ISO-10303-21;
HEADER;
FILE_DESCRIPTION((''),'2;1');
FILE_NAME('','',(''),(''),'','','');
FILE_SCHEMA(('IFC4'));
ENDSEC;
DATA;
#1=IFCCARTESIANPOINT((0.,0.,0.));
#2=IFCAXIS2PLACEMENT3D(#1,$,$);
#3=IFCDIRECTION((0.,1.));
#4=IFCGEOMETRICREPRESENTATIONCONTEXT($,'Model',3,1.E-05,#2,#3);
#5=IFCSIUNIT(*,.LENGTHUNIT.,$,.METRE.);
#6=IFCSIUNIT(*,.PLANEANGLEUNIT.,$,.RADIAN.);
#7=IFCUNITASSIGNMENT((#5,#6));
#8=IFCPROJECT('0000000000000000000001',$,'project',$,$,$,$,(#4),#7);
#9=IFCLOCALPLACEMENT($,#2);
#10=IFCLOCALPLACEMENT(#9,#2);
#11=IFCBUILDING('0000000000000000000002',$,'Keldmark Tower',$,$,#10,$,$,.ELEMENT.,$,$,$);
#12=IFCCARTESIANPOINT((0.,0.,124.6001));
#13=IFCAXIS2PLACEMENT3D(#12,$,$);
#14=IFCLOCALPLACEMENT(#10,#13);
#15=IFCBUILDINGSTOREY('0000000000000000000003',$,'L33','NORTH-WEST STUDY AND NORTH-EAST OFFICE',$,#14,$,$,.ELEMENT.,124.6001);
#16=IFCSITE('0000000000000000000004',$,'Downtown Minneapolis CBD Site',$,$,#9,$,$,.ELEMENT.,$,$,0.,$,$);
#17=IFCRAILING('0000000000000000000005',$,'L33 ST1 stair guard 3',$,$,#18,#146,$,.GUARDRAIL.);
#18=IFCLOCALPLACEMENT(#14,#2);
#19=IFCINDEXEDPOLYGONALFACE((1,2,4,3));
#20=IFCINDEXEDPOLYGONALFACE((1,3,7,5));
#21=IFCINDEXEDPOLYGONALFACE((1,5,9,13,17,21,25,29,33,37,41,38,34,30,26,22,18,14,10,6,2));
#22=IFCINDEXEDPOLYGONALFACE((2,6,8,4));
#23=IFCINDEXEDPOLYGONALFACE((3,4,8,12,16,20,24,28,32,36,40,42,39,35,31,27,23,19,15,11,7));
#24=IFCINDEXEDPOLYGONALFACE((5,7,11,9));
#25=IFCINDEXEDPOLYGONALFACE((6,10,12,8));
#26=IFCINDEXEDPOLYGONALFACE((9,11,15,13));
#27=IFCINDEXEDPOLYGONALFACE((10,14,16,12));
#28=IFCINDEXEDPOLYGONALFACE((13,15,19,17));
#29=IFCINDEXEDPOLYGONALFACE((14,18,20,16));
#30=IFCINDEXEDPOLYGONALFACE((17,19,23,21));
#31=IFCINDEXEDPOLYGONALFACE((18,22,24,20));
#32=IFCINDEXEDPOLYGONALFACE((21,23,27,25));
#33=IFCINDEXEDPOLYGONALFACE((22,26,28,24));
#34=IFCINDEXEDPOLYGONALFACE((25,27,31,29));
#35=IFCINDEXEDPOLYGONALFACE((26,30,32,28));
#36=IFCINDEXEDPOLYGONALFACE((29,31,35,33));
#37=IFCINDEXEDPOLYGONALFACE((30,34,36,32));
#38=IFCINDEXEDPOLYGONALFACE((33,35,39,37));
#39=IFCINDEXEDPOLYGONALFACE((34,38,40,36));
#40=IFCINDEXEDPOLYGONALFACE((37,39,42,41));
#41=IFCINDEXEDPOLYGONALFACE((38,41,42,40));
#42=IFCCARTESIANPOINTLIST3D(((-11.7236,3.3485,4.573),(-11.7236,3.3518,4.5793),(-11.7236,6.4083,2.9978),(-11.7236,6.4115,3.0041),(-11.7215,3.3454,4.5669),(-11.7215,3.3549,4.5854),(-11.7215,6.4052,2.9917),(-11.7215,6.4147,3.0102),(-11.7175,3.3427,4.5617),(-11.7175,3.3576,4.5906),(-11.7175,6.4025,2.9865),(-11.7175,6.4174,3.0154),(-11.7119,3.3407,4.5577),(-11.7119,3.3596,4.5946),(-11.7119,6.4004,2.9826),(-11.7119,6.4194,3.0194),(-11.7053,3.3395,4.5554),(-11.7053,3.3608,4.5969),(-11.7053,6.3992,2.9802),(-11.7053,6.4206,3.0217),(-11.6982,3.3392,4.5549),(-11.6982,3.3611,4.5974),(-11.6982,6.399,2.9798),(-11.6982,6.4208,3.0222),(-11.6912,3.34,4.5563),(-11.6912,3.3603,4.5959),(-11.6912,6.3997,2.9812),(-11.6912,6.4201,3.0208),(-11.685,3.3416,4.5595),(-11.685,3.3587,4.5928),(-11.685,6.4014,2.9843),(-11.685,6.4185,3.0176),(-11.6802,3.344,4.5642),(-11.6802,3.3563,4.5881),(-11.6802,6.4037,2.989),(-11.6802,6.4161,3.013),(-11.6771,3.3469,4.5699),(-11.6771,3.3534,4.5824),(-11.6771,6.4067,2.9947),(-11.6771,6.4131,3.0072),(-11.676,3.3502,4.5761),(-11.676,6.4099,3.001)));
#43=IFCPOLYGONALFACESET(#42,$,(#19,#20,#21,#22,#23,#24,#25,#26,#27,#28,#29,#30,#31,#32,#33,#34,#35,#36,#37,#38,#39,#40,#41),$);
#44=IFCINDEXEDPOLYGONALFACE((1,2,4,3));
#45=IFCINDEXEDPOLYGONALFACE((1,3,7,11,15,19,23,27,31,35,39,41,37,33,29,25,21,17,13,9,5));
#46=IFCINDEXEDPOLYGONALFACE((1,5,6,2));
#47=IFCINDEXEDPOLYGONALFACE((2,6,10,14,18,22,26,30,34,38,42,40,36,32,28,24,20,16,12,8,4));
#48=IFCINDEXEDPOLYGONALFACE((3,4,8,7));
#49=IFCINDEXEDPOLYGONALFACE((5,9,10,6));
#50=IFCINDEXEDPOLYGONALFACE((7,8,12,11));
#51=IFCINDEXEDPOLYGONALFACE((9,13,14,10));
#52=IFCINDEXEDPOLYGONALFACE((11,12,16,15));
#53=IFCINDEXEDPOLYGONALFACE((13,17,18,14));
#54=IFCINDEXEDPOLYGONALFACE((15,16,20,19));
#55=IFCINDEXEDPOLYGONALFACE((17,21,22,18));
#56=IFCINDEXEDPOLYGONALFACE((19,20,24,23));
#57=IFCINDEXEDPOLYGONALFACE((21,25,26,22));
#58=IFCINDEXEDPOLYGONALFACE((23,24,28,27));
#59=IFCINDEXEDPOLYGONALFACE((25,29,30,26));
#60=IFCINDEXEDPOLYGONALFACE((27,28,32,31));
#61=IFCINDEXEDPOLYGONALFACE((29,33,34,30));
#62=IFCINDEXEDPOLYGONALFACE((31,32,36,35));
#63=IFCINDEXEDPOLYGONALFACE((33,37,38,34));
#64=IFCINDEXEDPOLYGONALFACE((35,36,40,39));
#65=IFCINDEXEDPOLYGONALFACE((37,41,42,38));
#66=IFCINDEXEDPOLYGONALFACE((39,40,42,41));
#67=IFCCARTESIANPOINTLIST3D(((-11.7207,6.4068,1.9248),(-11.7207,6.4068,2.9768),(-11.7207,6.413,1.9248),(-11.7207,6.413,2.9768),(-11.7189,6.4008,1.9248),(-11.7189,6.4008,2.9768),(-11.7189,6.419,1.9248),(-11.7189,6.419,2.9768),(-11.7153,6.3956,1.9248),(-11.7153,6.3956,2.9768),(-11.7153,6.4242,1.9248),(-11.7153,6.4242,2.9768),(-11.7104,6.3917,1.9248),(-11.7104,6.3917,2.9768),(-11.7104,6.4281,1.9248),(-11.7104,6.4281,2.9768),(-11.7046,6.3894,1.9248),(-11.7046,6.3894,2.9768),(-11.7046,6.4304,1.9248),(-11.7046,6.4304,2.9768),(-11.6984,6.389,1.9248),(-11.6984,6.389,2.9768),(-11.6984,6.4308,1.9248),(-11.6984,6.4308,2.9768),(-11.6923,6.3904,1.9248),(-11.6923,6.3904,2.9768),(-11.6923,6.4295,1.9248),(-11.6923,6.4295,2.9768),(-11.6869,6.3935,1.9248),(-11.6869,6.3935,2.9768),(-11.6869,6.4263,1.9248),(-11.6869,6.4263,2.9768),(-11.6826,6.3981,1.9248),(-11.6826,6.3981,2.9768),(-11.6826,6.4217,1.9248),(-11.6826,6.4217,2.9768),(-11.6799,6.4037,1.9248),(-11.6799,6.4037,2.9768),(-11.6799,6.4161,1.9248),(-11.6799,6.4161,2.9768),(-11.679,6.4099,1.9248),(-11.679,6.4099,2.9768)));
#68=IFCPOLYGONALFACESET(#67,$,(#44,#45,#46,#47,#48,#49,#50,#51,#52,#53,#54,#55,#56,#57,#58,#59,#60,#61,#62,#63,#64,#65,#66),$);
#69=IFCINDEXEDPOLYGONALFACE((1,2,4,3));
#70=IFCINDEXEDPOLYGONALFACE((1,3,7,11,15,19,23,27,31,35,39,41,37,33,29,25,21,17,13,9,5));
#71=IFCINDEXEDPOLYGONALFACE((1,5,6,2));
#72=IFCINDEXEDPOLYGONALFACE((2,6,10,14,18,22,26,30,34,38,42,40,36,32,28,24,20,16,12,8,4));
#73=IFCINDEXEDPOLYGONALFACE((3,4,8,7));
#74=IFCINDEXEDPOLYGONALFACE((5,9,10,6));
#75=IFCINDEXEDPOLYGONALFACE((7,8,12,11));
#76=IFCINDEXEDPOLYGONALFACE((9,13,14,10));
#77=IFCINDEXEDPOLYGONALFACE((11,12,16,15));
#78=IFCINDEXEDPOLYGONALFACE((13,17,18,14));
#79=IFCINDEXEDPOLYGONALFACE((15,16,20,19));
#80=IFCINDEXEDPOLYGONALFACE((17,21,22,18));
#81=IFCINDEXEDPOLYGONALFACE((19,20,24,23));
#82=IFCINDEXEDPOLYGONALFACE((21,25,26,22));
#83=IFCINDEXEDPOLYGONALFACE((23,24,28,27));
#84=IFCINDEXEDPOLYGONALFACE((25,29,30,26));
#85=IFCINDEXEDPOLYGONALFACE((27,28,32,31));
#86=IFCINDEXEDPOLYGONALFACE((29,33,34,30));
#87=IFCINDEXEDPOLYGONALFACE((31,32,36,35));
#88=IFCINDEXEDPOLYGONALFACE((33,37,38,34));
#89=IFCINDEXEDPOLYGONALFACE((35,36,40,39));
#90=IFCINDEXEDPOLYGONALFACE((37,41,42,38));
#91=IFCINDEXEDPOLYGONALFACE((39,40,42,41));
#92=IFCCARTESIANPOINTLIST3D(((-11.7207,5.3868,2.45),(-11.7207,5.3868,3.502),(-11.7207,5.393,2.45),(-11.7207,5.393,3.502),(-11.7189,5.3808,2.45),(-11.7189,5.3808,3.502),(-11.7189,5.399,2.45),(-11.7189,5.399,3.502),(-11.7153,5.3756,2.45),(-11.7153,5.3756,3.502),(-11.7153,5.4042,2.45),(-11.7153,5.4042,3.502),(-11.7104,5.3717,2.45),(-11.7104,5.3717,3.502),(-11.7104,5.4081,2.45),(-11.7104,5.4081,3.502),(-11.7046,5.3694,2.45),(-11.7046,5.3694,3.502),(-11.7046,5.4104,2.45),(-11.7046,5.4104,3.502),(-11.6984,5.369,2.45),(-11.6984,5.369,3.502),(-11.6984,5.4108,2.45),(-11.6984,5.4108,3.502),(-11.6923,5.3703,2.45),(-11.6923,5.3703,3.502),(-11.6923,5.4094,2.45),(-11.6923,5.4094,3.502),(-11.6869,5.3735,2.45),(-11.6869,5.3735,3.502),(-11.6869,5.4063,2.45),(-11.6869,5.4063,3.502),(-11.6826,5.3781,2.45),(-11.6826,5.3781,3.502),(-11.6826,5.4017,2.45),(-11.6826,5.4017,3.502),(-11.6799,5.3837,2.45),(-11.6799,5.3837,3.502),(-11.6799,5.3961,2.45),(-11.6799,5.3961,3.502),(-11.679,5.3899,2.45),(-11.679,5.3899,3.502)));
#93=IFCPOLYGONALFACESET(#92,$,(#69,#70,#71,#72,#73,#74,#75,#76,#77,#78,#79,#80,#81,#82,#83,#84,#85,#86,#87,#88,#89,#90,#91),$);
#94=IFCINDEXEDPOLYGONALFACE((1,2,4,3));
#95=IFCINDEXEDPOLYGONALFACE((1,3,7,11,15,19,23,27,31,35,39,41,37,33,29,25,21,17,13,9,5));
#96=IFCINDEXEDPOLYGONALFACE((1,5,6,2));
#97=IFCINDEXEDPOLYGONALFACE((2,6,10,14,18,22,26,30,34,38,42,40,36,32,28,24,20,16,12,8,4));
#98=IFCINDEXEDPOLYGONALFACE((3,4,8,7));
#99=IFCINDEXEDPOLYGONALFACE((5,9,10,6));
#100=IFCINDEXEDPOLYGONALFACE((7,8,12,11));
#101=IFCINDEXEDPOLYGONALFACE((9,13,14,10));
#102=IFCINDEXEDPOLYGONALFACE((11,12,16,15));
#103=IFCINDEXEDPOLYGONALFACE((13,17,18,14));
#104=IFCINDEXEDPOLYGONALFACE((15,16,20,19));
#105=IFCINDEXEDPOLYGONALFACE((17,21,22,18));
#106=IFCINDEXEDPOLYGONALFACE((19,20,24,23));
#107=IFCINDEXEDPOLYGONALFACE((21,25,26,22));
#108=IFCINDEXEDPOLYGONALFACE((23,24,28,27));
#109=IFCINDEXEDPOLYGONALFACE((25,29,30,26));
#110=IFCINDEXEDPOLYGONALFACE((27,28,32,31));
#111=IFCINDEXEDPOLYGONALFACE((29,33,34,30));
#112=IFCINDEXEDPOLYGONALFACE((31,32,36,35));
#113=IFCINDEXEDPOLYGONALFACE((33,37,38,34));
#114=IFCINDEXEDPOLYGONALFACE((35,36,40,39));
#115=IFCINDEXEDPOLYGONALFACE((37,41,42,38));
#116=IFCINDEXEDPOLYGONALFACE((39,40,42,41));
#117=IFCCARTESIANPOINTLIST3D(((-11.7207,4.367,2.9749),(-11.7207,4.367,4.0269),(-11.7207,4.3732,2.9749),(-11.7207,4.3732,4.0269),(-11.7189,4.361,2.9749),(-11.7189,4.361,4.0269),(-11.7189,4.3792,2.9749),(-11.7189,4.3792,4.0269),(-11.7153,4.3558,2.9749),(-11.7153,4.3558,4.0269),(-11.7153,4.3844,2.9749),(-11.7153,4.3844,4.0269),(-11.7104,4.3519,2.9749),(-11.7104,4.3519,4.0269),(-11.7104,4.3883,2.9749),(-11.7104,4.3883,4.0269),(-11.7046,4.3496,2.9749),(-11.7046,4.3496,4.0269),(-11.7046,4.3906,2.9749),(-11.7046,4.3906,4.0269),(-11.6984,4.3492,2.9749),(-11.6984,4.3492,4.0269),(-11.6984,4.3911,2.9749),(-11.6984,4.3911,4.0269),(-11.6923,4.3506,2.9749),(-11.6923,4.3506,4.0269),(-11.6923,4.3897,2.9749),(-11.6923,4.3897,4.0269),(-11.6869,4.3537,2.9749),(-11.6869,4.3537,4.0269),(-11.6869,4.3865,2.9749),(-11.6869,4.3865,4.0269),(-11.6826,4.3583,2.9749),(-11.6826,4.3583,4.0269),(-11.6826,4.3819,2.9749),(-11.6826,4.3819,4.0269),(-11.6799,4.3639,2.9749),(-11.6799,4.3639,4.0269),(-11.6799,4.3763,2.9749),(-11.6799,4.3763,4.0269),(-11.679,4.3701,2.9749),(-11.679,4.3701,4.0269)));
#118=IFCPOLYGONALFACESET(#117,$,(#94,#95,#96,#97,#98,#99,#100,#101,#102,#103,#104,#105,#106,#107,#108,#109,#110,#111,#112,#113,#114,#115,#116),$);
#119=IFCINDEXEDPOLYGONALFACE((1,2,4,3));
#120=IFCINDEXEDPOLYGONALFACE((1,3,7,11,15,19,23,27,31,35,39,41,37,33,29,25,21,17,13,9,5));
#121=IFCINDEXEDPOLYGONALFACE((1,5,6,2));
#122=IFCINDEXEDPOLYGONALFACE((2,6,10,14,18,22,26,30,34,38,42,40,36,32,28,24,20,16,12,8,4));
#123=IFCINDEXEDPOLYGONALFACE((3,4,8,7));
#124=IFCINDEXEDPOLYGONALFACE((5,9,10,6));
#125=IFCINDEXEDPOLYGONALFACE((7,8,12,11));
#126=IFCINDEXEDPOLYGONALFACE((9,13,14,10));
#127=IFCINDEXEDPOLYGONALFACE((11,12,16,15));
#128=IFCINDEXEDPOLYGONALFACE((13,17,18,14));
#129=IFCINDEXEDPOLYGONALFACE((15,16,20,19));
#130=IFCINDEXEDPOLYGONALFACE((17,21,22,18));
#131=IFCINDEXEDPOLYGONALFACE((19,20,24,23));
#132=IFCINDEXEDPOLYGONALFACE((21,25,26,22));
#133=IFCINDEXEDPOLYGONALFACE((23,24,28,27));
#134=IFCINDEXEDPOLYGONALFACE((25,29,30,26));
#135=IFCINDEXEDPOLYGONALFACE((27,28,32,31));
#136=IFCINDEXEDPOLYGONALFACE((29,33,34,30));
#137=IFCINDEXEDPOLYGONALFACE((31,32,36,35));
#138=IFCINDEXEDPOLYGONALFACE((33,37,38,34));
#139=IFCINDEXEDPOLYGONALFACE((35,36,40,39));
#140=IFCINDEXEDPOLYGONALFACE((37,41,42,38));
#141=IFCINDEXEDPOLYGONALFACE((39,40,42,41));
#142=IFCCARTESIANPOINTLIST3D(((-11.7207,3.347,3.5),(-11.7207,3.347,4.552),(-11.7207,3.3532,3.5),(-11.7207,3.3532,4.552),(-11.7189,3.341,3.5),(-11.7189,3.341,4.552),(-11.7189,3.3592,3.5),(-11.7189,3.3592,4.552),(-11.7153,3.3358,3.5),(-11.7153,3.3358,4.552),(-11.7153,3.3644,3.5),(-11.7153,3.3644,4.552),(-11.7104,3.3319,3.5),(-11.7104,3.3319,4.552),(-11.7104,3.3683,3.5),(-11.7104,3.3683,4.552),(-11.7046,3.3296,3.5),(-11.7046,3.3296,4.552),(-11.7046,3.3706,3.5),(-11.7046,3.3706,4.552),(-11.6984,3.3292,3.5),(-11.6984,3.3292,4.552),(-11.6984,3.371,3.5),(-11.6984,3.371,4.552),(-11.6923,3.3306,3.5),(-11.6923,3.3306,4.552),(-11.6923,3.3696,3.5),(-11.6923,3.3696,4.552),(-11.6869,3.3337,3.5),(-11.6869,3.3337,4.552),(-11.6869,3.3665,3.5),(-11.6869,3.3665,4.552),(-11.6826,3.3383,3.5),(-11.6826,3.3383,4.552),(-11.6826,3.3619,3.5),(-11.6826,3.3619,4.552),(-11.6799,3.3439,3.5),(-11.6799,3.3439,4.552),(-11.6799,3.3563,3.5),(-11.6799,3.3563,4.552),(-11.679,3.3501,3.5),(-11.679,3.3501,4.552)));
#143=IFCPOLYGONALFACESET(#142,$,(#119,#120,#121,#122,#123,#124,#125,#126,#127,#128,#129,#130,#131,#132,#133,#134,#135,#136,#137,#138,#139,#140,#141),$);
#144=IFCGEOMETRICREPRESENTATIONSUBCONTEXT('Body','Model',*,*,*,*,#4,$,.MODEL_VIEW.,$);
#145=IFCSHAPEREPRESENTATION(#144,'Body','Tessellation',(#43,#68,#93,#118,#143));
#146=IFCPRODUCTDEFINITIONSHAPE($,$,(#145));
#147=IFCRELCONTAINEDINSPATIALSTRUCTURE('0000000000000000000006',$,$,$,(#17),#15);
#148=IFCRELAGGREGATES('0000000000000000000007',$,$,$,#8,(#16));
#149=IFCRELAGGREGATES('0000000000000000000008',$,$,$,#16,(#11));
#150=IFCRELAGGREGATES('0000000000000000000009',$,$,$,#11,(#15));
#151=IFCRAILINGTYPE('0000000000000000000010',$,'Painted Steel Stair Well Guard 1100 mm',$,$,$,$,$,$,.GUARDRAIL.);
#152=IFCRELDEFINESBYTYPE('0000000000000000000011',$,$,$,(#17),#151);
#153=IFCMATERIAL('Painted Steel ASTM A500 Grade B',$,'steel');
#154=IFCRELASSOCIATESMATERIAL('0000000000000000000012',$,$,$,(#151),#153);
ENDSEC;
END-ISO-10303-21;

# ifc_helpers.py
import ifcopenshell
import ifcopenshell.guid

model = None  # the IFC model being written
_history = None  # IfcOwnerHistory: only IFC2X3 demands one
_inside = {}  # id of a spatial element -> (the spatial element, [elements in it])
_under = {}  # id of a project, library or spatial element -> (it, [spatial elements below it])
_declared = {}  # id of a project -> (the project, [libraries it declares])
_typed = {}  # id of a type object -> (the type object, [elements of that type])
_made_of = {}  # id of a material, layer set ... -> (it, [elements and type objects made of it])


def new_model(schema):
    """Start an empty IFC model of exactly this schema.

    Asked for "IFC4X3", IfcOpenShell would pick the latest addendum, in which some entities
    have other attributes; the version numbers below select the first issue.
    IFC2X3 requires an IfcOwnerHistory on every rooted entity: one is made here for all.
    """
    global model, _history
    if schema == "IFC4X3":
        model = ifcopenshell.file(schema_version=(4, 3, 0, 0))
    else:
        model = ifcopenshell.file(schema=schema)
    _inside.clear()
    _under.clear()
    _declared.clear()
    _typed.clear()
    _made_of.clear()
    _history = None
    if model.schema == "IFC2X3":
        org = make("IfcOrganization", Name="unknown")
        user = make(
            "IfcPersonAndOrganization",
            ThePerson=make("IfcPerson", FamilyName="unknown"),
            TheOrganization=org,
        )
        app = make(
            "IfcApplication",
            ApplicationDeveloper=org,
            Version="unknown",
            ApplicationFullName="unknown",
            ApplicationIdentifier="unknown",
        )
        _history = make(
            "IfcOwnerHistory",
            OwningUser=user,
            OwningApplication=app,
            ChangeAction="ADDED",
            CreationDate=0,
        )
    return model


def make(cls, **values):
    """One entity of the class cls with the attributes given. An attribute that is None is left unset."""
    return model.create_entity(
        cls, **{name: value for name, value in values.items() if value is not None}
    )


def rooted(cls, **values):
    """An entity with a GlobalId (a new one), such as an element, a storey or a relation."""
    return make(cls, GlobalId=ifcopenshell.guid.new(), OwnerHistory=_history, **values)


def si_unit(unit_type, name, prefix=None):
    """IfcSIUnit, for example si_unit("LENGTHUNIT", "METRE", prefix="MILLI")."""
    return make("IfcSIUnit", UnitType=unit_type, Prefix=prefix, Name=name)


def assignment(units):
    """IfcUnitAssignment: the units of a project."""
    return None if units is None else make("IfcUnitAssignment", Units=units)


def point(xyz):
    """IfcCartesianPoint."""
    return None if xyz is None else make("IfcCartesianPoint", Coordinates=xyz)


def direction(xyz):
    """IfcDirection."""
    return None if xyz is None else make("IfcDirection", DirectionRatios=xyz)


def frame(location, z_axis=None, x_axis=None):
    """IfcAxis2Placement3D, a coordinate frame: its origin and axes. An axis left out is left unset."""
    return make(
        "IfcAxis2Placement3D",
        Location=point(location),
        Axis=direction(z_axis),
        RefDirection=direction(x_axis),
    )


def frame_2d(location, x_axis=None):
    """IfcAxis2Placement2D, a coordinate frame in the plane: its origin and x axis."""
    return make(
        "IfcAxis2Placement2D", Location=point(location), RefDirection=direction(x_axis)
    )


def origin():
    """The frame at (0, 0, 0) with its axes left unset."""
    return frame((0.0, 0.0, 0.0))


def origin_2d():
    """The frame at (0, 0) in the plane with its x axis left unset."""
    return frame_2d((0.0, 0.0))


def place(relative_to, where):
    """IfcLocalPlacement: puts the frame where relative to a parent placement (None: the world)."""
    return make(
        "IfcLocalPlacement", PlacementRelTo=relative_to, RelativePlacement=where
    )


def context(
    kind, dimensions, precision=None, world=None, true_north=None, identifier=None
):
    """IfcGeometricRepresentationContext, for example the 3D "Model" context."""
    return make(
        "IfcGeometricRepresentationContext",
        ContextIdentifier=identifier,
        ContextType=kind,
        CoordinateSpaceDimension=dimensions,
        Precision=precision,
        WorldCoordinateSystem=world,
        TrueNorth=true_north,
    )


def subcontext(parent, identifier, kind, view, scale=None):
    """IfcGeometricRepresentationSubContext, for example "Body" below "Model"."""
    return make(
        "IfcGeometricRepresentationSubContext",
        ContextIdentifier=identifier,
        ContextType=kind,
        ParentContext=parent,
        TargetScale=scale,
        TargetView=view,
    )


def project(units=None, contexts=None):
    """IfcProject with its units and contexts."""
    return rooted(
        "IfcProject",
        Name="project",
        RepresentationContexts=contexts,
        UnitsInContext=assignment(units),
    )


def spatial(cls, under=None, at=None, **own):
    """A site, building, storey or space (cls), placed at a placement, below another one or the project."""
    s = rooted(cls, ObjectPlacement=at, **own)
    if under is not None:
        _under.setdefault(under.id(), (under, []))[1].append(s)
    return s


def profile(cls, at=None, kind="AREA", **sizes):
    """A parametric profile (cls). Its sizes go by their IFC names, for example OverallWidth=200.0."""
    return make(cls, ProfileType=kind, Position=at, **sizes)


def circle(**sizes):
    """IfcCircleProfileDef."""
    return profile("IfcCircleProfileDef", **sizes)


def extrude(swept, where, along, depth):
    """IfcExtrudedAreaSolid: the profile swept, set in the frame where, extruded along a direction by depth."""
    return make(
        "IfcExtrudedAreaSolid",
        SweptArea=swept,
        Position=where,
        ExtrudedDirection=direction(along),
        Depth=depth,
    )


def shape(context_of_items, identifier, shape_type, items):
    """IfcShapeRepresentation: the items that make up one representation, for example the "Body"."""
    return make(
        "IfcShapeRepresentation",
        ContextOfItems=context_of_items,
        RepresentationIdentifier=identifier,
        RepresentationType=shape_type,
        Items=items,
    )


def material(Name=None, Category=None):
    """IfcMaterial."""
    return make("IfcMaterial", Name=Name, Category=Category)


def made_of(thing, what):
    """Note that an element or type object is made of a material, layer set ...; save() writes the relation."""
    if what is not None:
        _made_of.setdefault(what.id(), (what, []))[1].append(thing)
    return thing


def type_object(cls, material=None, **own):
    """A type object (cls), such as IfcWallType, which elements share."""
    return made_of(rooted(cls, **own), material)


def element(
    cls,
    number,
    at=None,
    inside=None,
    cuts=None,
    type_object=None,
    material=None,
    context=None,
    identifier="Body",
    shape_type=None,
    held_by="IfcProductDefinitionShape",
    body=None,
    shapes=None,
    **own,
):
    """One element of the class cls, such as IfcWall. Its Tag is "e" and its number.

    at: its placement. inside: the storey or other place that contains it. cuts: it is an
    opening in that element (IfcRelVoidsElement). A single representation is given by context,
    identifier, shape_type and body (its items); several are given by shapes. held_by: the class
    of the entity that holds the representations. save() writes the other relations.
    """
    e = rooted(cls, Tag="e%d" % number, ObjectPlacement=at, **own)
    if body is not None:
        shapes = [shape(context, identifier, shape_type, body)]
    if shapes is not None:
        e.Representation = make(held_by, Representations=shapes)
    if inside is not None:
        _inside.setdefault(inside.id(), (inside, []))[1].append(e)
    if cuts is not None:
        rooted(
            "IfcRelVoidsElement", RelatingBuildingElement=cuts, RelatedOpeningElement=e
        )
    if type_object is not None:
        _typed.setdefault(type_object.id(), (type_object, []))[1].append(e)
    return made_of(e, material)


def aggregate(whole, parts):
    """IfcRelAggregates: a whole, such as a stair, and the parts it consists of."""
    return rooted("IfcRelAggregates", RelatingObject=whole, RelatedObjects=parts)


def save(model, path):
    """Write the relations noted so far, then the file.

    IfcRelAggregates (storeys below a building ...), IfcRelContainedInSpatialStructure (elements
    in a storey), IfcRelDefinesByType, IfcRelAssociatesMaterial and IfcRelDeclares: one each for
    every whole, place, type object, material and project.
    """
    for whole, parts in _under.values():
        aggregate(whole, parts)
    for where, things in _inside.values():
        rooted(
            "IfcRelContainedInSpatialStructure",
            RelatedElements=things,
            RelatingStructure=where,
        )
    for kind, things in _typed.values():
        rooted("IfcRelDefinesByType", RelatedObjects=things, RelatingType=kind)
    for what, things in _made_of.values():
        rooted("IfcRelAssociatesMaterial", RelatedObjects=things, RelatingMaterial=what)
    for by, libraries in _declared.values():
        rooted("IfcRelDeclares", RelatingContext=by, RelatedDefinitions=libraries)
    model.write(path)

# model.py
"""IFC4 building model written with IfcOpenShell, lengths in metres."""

from ifc_helpers import new_model, si_unit, direction, frame, origin, origin_2d, place, context, subcontext, project, spatial, circle, extrude, material, type_object, element, save


model = new_model("IFC4")

# Units and contexts
model_context = context("Model", 3, precision=1e-05, world=origin(), true_north=direction((0.0, 1.0)))
body_context = subcontext(model_context, "Body", "Model", "MODEL_VIEW")
ifc_project = project(units=[si_unit("LENGTHUNIT", "METRE"), si_unit("PLANEANGLEUNIT", "RADIAN")], contexts=[model_context])

# Site, building, storey
site_placement = place(None, origin())
site = spatial("IfcSite", under=ifc_project, at=site_placement, Name="Downtown Minneapolis CBD Site", CompositionType="ELEMENT", RefElevation=0.0)
building_placement = place(site_placement, origin())
building = spatial("IfcBuilding", under=site, at=building_placement, Name="Keldmark Tower", CompositionType="ELEMENT")
storey_placement = place(building_placement, frame((0.0, 0.0, 124.6001)))
storey = spatial("IfcBuildingStorey", under=building, at=storey_placement, Name="L33", Description="NORTH-WEST STUDY AND NORTH-EAST OFFICE", CompositionType="ELEMENT", Elevation=124.6001)

# Railing
ifc_material_1 = material(Name="Painted Steel ASTM A500 Grade B", Category="steel")
railing_type_1 = type_object("IfcRailingType", Name="Painted Steel Stair Well Guard 1100 mm", PredefinedType="GUARDRAIL", material=ifc_material_1)
railing_1_placement = place(storey_placement, frame((-11.7, 6.4099, 1.9248)))
element("IfcRailing", 1, at=railing_1_placement, inside=storey, type_object=railing_type_1, Name="L33 ST1 stair guard 3", PredefinedType="GUARDRAIL", context=body_context, shape_type="SweptSolid", body=[
    extrude(circle(Radius=0.0239, at=origin_2d()), frame((0.0, 0.0, 1.0762), z_axis=(0.0, -0.889101, 0.45771), x_axis=(1.0, 0.0, 0.0)), (0.0, 0.0, 1.0), 3.4414),
    extrude(circle(Radius=0.021, at=origin_2d()), origin(), (0.0, 0.0, 1.0), 1.052),
    extrude(circle(Radius=0.021, at=origin_2d()), frame((0.0, -1.02, 0.5251)), (0.0, 0.0, 1.0), 1.052),
    extrude(circle(Radius=0.021, at=origin_2d()), frame((0.0, -2.0398, 1.05)), (0.0, 0.0, 1.0), 1.052),
    extrude(circle(Radius=0.021, at=origin_2d()), frame((0.0, -3.0598, 1.5752)), (0.0, 0.0, 1.0), 1.052),
])

save(model, "model.ifc")
